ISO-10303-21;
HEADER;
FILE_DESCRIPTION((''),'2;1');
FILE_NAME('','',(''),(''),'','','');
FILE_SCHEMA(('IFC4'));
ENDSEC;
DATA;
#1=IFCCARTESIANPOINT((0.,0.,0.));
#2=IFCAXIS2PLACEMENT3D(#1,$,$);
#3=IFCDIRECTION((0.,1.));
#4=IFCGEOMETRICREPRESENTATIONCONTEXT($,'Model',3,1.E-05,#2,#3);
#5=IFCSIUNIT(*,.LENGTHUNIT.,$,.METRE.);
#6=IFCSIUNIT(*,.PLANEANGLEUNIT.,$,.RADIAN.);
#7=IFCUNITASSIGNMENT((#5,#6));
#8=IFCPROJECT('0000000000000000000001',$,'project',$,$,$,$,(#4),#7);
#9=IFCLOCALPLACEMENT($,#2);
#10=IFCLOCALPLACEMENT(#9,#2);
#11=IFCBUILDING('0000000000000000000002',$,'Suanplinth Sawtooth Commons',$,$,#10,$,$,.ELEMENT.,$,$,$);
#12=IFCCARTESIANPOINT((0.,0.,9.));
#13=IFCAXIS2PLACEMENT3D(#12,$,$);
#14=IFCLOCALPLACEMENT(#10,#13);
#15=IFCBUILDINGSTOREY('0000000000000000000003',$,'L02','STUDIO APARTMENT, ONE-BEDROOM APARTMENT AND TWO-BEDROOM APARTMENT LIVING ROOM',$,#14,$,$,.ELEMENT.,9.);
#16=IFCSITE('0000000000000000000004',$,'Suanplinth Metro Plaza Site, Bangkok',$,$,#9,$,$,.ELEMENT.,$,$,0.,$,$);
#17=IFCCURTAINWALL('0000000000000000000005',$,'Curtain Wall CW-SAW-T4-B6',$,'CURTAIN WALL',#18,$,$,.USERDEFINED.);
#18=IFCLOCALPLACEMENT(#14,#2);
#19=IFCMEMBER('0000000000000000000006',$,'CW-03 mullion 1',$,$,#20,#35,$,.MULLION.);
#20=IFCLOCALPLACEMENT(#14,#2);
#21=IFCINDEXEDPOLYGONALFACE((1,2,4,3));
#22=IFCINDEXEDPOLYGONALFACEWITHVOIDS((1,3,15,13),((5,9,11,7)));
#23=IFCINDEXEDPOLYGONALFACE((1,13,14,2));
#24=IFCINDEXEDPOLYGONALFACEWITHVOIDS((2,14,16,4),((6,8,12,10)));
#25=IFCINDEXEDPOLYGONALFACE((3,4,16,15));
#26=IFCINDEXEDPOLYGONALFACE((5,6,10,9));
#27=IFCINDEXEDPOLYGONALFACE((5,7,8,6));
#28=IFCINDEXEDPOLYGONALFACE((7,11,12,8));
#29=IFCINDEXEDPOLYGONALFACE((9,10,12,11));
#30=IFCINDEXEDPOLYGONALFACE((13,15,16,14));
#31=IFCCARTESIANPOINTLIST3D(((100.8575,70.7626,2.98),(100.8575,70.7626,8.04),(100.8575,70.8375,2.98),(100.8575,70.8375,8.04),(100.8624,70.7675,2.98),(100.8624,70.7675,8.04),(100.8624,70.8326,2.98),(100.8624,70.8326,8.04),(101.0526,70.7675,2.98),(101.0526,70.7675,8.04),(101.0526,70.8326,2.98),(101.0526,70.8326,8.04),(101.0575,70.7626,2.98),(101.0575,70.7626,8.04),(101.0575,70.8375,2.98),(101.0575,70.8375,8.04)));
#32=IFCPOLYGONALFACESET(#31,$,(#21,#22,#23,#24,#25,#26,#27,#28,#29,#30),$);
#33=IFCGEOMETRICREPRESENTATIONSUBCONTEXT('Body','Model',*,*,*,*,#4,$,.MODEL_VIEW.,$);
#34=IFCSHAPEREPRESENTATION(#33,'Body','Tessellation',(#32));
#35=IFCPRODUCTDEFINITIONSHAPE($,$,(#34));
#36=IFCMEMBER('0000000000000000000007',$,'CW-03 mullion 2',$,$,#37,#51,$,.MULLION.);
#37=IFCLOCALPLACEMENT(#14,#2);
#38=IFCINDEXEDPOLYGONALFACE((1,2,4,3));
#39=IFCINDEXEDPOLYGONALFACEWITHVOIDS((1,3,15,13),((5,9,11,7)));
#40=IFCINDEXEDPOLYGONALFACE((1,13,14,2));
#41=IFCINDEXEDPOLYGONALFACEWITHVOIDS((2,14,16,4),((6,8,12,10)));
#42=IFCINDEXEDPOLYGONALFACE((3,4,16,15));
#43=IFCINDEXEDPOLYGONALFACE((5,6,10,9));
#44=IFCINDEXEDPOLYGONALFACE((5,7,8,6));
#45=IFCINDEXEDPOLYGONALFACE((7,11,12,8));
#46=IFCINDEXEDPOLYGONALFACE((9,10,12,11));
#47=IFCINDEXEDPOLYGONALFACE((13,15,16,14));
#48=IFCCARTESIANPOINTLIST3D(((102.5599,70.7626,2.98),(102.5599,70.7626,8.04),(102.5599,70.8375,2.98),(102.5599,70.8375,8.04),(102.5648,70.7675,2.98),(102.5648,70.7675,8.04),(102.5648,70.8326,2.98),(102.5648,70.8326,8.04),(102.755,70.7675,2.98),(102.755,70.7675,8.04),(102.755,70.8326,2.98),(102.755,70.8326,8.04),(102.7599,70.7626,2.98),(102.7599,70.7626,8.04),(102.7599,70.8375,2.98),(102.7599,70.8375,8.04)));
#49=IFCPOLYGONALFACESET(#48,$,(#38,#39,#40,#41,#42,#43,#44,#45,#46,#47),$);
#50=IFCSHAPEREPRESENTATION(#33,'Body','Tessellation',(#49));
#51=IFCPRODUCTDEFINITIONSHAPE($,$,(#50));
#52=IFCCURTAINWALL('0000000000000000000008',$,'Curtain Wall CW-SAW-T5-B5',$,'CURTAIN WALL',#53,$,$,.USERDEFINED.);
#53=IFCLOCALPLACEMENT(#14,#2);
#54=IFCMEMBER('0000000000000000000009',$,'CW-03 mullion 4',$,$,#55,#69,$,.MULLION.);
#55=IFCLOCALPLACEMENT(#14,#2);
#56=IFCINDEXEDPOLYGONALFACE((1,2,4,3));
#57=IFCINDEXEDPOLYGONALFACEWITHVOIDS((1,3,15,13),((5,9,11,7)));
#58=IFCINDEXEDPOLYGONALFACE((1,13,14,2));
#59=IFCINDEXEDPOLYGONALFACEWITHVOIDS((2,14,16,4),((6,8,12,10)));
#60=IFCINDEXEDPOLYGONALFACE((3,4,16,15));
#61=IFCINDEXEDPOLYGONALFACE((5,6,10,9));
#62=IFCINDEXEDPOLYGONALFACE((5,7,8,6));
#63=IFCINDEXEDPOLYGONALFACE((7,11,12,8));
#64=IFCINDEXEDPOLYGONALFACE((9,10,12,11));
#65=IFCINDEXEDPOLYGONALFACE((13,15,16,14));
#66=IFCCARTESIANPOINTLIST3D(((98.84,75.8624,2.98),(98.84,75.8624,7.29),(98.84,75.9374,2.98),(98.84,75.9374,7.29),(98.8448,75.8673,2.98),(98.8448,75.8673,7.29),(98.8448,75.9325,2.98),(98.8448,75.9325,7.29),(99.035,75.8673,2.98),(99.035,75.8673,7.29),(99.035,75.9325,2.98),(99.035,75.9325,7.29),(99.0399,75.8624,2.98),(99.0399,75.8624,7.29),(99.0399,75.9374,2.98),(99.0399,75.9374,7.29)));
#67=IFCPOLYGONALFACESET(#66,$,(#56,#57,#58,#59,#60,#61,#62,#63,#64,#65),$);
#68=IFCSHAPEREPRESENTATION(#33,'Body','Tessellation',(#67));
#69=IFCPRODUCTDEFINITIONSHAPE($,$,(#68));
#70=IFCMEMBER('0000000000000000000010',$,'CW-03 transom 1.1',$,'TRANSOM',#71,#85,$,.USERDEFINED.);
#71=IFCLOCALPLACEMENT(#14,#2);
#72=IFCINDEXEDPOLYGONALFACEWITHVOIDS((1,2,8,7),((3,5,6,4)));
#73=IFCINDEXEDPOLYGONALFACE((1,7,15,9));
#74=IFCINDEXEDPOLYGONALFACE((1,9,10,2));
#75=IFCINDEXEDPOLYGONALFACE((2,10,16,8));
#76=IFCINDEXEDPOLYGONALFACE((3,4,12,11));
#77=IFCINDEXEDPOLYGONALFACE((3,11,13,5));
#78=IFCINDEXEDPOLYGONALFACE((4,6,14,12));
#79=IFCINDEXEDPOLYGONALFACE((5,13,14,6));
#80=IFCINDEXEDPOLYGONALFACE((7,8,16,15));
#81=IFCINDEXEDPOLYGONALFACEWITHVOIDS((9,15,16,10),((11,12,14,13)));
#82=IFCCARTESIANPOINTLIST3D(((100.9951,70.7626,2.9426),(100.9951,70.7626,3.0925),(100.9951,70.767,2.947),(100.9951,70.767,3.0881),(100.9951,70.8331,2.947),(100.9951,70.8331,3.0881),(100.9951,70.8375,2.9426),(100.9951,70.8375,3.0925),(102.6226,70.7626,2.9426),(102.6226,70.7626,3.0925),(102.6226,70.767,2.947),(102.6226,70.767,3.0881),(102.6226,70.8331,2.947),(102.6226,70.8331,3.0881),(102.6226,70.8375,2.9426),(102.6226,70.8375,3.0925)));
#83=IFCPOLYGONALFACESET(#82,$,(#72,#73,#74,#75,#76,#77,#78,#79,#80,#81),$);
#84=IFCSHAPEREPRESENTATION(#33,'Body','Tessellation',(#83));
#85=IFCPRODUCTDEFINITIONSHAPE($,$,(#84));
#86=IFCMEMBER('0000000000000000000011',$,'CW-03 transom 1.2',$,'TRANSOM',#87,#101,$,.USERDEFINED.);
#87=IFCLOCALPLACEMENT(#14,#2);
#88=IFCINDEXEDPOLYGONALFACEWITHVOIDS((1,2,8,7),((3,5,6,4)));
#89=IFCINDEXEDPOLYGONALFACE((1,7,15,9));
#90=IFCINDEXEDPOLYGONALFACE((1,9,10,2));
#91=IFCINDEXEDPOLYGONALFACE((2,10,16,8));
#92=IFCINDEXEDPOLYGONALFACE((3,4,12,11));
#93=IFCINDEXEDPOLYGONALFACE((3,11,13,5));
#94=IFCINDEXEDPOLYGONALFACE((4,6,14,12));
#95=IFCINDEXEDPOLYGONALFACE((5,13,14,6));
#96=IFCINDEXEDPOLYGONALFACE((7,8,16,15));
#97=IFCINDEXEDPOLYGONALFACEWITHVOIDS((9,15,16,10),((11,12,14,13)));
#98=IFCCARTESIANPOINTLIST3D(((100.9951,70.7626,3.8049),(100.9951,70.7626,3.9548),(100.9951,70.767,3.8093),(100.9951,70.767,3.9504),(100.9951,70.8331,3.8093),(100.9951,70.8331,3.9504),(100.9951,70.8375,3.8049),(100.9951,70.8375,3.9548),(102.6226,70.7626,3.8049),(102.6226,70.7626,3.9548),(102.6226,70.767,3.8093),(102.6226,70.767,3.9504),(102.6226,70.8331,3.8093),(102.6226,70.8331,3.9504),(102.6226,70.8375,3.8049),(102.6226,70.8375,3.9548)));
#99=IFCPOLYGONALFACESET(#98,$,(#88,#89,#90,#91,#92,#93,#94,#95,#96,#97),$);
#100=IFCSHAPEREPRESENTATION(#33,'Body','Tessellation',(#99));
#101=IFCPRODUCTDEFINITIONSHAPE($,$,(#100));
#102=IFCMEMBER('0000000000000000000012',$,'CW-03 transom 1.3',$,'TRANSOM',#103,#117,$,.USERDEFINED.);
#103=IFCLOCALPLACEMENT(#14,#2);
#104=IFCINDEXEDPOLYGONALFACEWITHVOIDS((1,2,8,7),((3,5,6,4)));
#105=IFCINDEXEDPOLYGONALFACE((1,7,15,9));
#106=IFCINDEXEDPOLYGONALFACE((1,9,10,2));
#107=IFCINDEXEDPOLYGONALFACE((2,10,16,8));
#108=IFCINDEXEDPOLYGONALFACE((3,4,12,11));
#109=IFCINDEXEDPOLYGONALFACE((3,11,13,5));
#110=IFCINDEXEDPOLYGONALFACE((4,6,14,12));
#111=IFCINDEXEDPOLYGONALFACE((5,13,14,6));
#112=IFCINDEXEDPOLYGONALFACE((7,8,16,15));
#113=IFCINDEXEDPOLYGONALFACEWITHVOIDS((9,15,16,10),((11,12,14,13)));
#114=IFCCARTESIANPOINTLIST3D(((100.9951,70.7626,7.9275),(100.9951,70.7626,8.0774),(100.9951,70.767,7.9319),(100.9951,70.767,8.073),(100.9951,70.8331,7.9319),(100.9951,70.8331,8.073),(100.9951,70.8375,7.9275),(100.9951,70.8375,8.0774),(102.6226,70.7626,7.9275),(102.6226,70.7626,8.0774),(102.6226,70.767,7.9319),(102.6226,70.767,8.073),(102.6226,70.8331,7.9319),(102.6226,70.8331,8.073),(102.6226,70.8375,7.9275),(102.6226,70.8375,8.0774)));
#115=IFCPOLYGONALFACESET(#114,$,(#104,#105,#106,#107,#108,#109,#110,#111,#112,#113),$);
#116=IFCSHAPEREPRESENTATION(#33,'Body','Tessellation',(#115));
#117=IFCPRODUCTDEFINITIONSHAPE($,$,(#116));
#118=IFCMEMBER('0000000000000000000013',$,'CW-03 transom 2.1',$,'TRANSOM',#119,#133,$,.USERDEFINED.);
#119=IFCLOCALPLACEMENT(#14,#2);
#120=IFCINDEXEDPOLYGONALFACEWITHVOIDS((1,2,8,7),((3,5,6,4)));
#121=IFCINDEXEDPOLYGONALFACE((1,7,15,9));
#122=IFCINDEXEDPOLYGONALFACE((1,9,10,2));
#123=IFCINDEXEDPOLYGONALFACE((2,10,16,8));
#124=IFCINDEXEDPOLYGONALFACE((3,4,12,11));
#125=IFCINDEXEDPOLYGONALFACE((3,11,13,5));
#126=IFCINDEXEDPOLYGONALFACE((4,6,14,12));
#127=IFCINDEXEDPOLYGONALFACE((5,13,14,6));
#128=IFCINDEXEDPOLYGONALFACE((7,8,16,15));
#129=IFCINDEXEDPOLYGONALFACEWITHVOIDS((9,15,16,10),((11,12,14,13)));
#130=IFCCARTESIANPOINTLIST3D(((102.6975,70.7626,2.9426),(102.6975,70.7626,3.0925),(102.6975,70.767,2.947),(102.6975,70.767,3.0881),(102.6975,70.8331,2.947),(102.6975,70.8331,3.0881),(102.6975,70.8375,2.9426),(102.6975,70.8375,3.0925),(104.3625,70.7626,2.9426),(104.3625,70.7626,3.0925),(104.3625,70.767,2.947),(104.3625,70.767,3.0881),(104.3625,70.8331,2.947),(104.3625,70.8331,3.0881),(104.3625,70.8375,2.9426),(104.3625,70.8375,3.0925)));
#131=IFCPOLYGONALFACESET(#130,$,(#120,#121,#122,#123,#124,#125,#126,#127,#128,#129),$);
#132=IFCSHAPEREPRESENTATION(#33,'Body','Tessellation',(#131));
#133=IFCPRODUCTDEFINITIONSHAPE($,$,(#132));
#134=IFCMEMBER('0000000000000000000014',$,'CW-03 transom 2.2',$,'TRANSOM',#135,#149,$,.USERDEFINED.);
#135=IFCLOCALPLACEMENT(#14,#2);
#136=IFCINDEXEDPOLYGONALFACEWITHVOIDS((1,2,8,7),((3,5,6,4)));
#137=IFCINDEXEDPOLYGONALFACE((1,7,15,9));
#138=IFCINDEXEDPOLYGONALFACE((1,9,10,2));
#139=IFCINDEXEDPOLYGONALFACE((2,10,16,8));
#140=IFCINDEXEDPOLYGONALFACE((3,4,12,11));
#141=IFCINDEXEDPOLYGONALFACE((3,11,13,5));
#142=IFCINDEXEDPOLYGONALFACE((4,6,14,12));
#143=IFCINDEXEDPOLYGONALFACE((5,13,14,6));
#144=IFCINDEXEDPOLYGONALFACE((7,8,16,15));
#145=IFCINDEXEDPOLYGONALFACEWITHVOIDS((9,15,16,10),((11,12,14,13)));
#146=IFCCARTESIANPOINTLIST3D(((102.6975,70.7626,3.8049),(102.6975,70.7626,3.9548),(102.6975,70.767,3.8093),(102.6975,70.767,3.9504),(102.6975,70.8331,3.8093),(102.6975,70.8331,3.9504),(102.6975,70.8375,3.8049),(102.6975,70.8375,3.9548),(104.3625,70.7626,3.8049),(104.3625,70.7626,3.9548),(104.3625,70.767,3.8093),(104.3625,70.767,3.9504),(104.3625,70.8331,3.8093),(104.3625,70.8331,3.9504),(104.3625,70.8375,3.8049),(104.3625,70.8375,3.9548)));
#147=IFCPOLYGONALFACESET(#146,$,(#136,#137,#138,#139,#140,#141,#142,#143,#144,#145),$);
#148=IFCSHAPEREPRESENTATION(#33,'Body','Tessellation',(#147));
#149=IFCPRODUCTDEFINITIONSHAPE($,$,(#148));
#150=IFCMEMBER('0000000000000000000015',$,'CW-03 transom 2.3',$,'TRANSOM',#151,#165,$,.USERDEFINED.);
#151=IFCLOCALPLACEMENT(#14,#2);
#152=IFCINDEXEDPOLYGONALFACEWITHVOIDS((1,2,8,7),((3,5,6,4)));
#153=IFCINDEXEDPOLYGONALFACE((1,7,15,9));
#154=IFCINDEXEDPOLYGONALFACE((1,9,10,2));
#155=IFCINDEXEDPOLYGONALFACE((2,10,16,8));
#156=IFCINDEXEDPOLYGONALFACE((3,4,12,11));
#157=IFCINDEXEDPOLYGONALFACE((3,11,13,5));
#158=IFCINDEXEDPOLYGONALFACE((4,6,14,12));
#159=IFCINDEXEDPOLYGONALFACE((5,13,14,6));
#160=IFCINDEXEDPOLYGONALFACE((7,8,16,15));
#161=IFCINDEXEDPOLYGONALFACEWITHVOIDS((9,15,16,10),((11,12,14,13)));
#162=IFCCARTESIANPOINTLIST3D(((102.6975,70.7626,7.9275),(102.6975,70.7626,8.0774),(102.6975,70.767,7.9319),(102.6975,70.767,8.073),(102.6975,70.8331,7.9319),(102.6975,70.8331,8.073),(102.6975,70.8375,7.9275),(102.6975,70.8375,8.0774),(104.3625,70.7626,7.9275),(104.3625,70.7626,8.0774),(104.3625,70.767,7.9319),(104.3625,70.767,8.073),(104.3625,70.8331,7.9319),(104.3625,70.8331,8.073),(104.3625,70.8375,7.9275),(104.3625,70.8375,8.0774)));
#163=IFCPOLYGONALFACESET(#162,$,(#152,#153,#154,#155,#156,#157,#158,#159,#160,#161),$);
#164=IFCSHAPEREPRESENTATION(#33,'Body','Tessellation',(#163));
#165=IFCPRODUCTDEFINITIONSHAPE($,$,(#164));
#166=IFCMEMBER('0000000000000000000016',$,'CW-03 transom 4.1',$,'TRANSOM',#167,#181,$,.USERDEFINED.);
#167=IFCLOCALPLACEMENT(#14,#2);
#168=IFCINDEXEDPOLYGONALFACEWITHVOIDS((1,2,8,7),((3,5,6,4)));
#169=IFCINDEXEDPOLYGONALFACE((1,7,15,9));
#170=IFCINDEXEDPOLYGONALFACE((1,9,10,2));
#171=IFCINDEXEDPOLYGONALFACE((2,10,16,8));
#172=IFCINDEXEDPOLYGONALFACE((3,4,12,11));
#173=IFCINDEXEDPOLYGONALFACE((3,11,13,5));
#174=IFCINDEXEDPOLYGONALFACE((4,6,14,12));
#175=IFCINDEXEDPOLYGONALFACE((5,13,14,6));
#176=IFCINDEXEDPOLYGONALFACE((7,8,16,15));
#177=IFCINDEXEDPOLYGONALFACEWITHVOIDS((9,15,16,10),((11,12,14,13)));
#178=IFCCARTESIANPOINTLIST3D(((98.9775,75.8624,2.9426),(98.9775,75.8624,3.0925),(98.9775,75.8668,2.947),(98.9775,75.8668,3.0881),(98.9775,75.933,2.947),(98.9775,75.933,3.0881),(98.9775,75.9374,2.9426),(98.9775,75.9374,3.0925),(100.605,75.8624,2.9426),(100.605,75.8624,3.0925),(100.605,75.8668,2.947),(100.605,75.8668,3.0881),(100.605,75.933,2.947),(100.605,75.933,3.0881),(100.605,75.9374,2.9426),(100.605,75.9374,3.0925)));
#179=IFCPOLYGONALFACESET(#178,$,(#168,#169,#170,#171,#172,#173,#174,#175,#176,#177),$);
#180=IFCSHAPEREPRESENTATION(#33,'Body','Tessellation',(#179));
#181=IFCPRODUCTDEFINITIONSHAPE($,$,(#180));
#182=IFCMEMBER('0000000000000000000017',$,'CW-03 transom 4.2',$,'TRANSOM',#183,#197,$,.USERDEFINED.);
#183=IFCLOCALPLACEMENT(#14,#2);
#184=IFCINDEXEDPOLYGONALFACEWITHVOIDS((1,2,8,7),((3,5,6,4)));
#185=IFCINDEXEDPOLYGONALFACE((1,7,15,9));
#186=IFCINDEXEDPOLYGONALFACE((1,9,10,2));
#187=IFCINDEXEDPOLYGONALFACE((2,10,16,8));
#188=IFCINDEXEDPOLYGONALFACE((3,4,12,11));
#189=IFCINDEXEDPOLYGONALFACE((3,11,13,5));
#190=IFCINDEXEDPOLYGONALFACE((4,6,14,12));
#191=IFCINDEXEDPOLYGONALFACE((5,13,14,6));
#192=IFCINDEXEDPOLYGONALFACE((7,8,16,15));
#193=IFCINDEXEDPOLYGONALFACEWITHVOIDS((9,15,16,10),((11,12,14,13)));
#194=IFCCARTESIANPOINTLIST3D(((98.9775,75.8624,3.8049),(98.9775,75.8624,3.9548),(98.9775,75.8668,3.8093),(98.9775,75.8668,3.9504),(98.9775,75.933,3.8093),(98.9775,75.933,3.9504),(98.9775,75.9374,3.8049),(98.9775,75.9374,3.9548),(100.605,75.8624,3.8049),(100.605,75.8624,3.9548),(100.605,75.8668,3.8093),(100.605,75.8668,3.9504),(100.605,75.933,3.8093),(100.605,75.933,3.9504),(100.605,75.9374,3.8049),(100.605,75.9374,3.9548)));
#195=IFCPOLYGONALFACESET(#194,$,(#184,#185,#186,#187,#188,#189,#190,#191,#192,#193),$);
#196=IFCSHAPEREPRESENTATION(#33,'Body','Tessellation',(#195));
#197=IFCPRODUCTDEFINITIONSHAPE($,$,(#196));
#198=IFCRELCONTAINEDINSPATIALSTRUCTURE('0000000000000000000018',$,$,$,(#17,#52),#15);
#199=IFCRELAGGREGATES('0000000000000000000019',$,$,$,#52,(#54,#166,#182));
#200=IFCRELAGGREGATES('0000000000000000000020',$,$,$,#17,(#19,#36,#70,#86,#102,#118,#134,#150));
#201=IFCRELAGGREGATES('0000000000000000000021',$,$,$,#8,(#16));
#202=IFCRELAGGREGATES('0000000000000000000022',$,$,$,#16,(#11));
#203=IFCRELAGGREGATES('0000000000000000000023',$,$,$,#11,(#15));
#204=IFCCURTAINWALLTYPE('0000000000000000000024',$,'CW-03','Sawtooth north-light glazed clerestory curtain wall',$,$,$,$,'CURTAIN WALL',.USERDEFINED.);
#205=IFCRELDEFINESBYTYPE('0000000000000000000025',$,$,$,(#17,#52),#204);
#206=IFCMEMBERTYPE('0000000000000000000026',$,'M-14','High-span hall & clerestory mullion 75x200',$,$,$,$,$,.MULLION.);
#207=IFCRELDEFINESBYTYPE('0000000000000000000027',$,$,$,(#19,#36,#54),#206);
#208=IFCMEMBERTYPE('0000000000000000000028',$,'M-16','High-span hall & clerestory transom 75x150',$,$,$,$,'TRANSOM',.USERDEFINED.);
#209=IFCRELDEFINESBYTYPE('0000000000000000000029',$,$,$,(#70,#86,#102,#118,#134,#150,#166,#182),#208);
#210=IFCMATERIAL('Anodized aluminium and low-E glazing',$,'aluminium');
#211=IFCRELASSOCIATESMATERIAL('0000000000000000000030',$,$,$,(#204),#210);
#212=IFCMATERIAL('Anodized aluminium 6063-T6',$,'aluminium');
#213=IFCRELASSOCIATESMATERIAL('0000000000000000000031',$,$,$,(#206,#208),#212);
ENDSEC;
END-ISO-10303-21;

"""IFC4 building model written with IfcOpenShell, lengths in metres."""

from ifc_helpers import new_model, si_unit, direction, frame, origin, origin_2d, place, context, subcontext, project, spatial, hollow_rectangle, extrude, material, material_profile, profile_set, type_object, element, aggregate, save


model = new_model("IFC4")

# Units and contexts
model_context = context("Model", 3, precision=1e-05, world=origin(), true_north=direction((0.0, 1.0)))
body_context = subcontext(model_context, "Body", "Model", "MODEL_VIEW")
ifc_project = project(units=[si_unit("LENGTHUNIT", "METRE"), si_unit("PLANEANGLEUNIT", "RADIAN")], contexts=[model_context])

# Site, building, storey
site_placement = place(None, origin())
site = spatial("IfcSite", under=ifc_project, at=site_placement, Name="Suanplinth Metro Plaza Site, Bangkok", CompositionType="ELEMENT", RefElevation=0.0)
building_placement = place(site_placement, origin())
building = spatial("IfcBuilding", under=site, at=building_placement, Name="Suanplinth Sawtooth Commons", CompositionType="ELEMENT")
storey_placement = place(building_placement, frame((0.0, 0.0, 9.0)))
storey = spatial("IfcBuildingStorey", under=building, at=storey_placement, Name="L02", Description="STUDIO APARTMENT, ONE-BEDROOM APARTMENT AND TWO-BEDROOM APARTMENT LIVING ROOM", CompositionType="ELEMENT", Elevation=9.0)

# Shared definitions
ifc_material_1 = material(Name="Anodized aluminium and low-E glazing", Category="aluminium")
curtain_wall_type = type_object("IfcCurtainWallType", Name="CW-03", Description="Sawtooth north-light glazed clerestory curtain wall", ElementType="CURTAIN WALL", PredefinedType="USERDEFINED", material=ifc_material_1)
ifc_material_2 = material(Name="Anodized aluminium 6063-T6", Category="aluminium")
ifc_material_profile_1 = material_profile(ifc_material_2, hollow_rectangle(XDim=0.075, YDim=0.2, WallThickness=0.0049, at=origin_2d()), Name="ALU-MUL 75x200")
ifc_profile_set_1 = profile_set([ifc_material_profile_1], Name="Anodized aluminium 6063-T6")
member_type_1 = type_object("IfcMemberType", Name="M-14", Description="High-span hall & clerestory mullion 75x200", PredefinedType="MULLION", material=ifc_profile_set_1)

# Curtain wall, members
curtain_wall_1_placement = place(storey_placement, origin())
curtain_wall_1 = element("IfcCurtainWall", 1, at=curtain_wall_1_placement, inside=storey, type_object=curtain_wall_type, Name="Curtain Wall CW-SAW-T4-B6", ObjectType="CURTAIN WALL", PredefinedType="USERDEFINED")
member_1_placement = place(storey_placement, frame((100.9575, 70.8, 2.98), z_axis=(0.0, 0.0, 1.0), x_axis=(0.0, 1.0, 0.0)))
member_1 = element("IfcMember", 2, at=member_1_placement, type_object=member_type_1, Name="CW-03 mullion 1", PredefinedType="MULLION", context=body_context, shape_type="SweptSolid", body=[
    extrude(hollow_rectangle(XDim=0.075, YDim=0.2, WallThickness=0.0049, at=origin_2d()), origin(), (0.0, 0.0, 1.0), 5.0601),
])
member_2_placement = place(storey_placement, frame((102.6599, 70.8, 2.98), z_axis=(0.0, 0.0, 1.0), x_axis=(0.0, 1.0, 0.0)))
member_2 = element("IfcMember", 3, at=member_2_placement, type_object=member_type_1, Name="CW-03 mullion 2", PredefinedType="MULLION", context=body_context, shape_type="SweptSolid", body=[
    extrude(hollow_rectangle(XDim=0.075, YDim=0.2, WallThickness=0.0049, at=origin_2d()), origin(), (0.0, 0.0, 1.0), 5.0601),
])

# Curtain wall, member
curtain_wall_2_placement = place(storey_placement, origin())
curtain_wall_2 = element("IfcCurtainWall", 4, at=curtain_wall_2_placement, inside=storey, type_object=curtain_wall_type, Name="Curtain Wall CW-SAW-T5-B5", ObjectType="CURTAIN WALL", PredefinedType="USERDEFINED")
member_3_placement = place(storey_placement, frame((98.9399, 75.8999, 2.98), z_axis=(0.0, 0.0, 1.0), x_axis=(0.0, 1.0, 0.0)))
member_3 = element("IfcMember", 5, at=member_3_placement, type_object=member_type_1, Name="CW-03 mullion 4", PredefinedType="MULLION", context=body_context, shape_type="SweptSolid", body=[
    extrude(hollow_rectangle(XDim=0.075, YDim=0.2, WallThickness=0.0049, at=origin_2d()), origin(), (0.0, 0.0, 1.0), 4.3101),
])

# Members
ifc_material_profile_2 = material_profile(ifc_material_2, hollow_rectangle(XDim=0.075, YDim=0.1499, WallThickness=0.0044, at=origin_2d()), Name="ALU-TRN 75x150")
ifc_profile_set_2 = profile_set([ifc_material_profile_2], Name="Anodized aluminium 6063-T6")
member_type_2 = type_object("IfcMemberType", Name="M-16", Description="High-span hall & clerestory transom 75x150", ElementType="TRANSOM", PredefinedType="USERDEFINED", material=ifc_profile_set_2)
member_4_placement = place(storey_placement, frame((100.9951, 70.8, 3.0176), z_axis=(1.0, 0.0, 0.0), x_axis=(0.0, 1.0, 0.0)))
member_4 = element("IfcMember", 6, at=member_4_placement, type_object=member_type_2, Name="CW-03 transom 1.1", ObjectType="TRANSOM", PredefinedType="USERDEFINED", context=body_context, shape_type="SweptSolid", body=[
    extrude(hollow_rectangle(XDim=0.075, YDim=0.1499, WallThickness=0.0044, at=origin_2d()), origin(), (0.0, 0.0, 1.0), 1.6274),
])
member_5_placement = place(storey_placement, frame((100.9951, 70.8, 3.8799), z_axis=(1.0, 0.0, 0.0), x_axis=(0.0, 1.0, 0.0)))
member_5 = element("IfcMember", 7, at=member_5_placement, type_object=member_type_2, Name="CW-03 transom 1.2", ObjectType="TRANSOM", PredefinedType="USERDEFINED", context=body_context, shape_type="SweptSolid", body=[
    extrude(hollow_rectangle(XDim=0.075, YDim=0.1499, WallThickness=0.0044, at=origin_2d()), origin(), (0.0, 0.0, 1.0), 1.6274),
])
member_6_placement = place(storey_placement, frame((100.9951, 70.8, 8.0024), z_axis=(1.0, 0.0, 0.0), x_axis=(0.0, 1.0, 0.0)))
member_6 = element("IfcMember", 8, at=member_6_placement, type_object=member_type_2, Name="CW-03 transom 1.3", ObjectType="TRANSOM", PredefinedType="USERDEFINED", context=body_context, shape_type="SweptSolid", body=[
    extrude(hollow_rectangle(XDim=0.075, YDim=0.1499, WallThickness=0.0044, at=origin_2d()), origin(), (0.0, 0.0, 1.0), 1.6274),
])
member_7_placement = place(storey_placement, frame((102.6975, 70.8, 3.0176), z_axis=(1.0, 0.0, 0.0), x_axis=(0.0, 1.0, 0.0)))
member_7 = element("IfcMember", 9, at=member_7_placement, type_object=member_type_2, Name="CW-03 transom 2.1", ObjectType="TRANSOM", PredefinedType="USERDEFINED", context=body_context, shape_type="SweptSolid", body=[
    extrude(hollow_rectangle(XDim=0.075, YDim=0.1499, WallThickness=0.0044, at=origin_2d()), origin(), (0.0, 0.0, 1.0), 1.665),
])
member_8_placement = place(storey_placement, frame((102.6975, 70.8, 3.8799), z_axis=(1.0, 0.0, 0.0), x_axis=(0.0, 1.0, 0.0)))
member_8 = element("IfcMember", 10, at=member_8_placement, type_object=member_type_2, Name="CW-03 transom 2.2", ObjectType="TRANSOM", PredefinedType="USERDEFINED", context=body_context, shape_type="SweptSolid", body=[
    extrude(hollow_rectangle(XDim=0.075, YDim=0.1499, WallThickness=0.0044, at=origin_2d()), origin(), (0.0, 0.0, 1.0), 1.665),
])
member_9_placement = place(storey_placement, frame((102.6975, 70.8, 8.0024), z_axis=(1.0, 0.0, 0.0), x_axis=(0.0, 1.0, 0.0)))
member_9 = element("IfcMember", 11, at=member_9_placement, type_object=member_type_2, Name="CW-03 transom 2.3", ObjectType="TRANSOM", PredefinedType="USERDEFINED", context=body_context, shape_type="SweptSolid", body=[
    extrude(hollow_rectangle(XDim=0.075, YDim=0.1499, WallThickness=0.0044, at=origin_2d()), origin(), (0.0, 0.0, 1.0), 1.665),
])
member_10_placement = place(storey_placement, frame((98.9775, 75.8999, 3.0176), z_axis=(1.0, 0.0, 0.0), x_axis=(0.0, 1.0, 0.0)))
member_10 = element("IfcMember", 12, at=member_10_placement, type_object=member_type_2, Name="CW-03 transom 4.1", ObjectType="TRANSOM", PredefinedType="USERDEFINED", context=body_context, shape_type="SweptSolid", body=[
    extrude(hollow_rectangle(XDim=0.075, YDim=0.1499, WallThickness=0.0044, at=origin_2d()), origin(), (0.0, 0.0, 1.0), 1.6274),
])
member_11_placement = place(storey_placement, frame((98.9775, 75.8999, 3.8799), z_axis=(1.0, 0.0, 0.0), x_axis=(0.0, 1.0, 0.0)))
member_11 = element("IfcMember", 13, at=member_11_placement, type_object=member_type_2, Name="CW-03 transom 4.2", ObjectType="TRANSOM", PredefinedType="USERDEFINED", context=body_context, shape_type="SweptSolid", body=[
    extrude(hollow_rectangle(XDim=0.075, YDim=0.1499, WallThickness=0.0044, at=origin_2d()), origin(), (0.0, 0.0, 1.0), 1.6274),
])

aggregate(curtain_wall_2, [member_3, member_10, member_11])
aggregate(curtain_wall_1, [member_1, member_2, member_4, member_5, member_6, member_7, member_8, member_9])

save(model, "model.ifc")
